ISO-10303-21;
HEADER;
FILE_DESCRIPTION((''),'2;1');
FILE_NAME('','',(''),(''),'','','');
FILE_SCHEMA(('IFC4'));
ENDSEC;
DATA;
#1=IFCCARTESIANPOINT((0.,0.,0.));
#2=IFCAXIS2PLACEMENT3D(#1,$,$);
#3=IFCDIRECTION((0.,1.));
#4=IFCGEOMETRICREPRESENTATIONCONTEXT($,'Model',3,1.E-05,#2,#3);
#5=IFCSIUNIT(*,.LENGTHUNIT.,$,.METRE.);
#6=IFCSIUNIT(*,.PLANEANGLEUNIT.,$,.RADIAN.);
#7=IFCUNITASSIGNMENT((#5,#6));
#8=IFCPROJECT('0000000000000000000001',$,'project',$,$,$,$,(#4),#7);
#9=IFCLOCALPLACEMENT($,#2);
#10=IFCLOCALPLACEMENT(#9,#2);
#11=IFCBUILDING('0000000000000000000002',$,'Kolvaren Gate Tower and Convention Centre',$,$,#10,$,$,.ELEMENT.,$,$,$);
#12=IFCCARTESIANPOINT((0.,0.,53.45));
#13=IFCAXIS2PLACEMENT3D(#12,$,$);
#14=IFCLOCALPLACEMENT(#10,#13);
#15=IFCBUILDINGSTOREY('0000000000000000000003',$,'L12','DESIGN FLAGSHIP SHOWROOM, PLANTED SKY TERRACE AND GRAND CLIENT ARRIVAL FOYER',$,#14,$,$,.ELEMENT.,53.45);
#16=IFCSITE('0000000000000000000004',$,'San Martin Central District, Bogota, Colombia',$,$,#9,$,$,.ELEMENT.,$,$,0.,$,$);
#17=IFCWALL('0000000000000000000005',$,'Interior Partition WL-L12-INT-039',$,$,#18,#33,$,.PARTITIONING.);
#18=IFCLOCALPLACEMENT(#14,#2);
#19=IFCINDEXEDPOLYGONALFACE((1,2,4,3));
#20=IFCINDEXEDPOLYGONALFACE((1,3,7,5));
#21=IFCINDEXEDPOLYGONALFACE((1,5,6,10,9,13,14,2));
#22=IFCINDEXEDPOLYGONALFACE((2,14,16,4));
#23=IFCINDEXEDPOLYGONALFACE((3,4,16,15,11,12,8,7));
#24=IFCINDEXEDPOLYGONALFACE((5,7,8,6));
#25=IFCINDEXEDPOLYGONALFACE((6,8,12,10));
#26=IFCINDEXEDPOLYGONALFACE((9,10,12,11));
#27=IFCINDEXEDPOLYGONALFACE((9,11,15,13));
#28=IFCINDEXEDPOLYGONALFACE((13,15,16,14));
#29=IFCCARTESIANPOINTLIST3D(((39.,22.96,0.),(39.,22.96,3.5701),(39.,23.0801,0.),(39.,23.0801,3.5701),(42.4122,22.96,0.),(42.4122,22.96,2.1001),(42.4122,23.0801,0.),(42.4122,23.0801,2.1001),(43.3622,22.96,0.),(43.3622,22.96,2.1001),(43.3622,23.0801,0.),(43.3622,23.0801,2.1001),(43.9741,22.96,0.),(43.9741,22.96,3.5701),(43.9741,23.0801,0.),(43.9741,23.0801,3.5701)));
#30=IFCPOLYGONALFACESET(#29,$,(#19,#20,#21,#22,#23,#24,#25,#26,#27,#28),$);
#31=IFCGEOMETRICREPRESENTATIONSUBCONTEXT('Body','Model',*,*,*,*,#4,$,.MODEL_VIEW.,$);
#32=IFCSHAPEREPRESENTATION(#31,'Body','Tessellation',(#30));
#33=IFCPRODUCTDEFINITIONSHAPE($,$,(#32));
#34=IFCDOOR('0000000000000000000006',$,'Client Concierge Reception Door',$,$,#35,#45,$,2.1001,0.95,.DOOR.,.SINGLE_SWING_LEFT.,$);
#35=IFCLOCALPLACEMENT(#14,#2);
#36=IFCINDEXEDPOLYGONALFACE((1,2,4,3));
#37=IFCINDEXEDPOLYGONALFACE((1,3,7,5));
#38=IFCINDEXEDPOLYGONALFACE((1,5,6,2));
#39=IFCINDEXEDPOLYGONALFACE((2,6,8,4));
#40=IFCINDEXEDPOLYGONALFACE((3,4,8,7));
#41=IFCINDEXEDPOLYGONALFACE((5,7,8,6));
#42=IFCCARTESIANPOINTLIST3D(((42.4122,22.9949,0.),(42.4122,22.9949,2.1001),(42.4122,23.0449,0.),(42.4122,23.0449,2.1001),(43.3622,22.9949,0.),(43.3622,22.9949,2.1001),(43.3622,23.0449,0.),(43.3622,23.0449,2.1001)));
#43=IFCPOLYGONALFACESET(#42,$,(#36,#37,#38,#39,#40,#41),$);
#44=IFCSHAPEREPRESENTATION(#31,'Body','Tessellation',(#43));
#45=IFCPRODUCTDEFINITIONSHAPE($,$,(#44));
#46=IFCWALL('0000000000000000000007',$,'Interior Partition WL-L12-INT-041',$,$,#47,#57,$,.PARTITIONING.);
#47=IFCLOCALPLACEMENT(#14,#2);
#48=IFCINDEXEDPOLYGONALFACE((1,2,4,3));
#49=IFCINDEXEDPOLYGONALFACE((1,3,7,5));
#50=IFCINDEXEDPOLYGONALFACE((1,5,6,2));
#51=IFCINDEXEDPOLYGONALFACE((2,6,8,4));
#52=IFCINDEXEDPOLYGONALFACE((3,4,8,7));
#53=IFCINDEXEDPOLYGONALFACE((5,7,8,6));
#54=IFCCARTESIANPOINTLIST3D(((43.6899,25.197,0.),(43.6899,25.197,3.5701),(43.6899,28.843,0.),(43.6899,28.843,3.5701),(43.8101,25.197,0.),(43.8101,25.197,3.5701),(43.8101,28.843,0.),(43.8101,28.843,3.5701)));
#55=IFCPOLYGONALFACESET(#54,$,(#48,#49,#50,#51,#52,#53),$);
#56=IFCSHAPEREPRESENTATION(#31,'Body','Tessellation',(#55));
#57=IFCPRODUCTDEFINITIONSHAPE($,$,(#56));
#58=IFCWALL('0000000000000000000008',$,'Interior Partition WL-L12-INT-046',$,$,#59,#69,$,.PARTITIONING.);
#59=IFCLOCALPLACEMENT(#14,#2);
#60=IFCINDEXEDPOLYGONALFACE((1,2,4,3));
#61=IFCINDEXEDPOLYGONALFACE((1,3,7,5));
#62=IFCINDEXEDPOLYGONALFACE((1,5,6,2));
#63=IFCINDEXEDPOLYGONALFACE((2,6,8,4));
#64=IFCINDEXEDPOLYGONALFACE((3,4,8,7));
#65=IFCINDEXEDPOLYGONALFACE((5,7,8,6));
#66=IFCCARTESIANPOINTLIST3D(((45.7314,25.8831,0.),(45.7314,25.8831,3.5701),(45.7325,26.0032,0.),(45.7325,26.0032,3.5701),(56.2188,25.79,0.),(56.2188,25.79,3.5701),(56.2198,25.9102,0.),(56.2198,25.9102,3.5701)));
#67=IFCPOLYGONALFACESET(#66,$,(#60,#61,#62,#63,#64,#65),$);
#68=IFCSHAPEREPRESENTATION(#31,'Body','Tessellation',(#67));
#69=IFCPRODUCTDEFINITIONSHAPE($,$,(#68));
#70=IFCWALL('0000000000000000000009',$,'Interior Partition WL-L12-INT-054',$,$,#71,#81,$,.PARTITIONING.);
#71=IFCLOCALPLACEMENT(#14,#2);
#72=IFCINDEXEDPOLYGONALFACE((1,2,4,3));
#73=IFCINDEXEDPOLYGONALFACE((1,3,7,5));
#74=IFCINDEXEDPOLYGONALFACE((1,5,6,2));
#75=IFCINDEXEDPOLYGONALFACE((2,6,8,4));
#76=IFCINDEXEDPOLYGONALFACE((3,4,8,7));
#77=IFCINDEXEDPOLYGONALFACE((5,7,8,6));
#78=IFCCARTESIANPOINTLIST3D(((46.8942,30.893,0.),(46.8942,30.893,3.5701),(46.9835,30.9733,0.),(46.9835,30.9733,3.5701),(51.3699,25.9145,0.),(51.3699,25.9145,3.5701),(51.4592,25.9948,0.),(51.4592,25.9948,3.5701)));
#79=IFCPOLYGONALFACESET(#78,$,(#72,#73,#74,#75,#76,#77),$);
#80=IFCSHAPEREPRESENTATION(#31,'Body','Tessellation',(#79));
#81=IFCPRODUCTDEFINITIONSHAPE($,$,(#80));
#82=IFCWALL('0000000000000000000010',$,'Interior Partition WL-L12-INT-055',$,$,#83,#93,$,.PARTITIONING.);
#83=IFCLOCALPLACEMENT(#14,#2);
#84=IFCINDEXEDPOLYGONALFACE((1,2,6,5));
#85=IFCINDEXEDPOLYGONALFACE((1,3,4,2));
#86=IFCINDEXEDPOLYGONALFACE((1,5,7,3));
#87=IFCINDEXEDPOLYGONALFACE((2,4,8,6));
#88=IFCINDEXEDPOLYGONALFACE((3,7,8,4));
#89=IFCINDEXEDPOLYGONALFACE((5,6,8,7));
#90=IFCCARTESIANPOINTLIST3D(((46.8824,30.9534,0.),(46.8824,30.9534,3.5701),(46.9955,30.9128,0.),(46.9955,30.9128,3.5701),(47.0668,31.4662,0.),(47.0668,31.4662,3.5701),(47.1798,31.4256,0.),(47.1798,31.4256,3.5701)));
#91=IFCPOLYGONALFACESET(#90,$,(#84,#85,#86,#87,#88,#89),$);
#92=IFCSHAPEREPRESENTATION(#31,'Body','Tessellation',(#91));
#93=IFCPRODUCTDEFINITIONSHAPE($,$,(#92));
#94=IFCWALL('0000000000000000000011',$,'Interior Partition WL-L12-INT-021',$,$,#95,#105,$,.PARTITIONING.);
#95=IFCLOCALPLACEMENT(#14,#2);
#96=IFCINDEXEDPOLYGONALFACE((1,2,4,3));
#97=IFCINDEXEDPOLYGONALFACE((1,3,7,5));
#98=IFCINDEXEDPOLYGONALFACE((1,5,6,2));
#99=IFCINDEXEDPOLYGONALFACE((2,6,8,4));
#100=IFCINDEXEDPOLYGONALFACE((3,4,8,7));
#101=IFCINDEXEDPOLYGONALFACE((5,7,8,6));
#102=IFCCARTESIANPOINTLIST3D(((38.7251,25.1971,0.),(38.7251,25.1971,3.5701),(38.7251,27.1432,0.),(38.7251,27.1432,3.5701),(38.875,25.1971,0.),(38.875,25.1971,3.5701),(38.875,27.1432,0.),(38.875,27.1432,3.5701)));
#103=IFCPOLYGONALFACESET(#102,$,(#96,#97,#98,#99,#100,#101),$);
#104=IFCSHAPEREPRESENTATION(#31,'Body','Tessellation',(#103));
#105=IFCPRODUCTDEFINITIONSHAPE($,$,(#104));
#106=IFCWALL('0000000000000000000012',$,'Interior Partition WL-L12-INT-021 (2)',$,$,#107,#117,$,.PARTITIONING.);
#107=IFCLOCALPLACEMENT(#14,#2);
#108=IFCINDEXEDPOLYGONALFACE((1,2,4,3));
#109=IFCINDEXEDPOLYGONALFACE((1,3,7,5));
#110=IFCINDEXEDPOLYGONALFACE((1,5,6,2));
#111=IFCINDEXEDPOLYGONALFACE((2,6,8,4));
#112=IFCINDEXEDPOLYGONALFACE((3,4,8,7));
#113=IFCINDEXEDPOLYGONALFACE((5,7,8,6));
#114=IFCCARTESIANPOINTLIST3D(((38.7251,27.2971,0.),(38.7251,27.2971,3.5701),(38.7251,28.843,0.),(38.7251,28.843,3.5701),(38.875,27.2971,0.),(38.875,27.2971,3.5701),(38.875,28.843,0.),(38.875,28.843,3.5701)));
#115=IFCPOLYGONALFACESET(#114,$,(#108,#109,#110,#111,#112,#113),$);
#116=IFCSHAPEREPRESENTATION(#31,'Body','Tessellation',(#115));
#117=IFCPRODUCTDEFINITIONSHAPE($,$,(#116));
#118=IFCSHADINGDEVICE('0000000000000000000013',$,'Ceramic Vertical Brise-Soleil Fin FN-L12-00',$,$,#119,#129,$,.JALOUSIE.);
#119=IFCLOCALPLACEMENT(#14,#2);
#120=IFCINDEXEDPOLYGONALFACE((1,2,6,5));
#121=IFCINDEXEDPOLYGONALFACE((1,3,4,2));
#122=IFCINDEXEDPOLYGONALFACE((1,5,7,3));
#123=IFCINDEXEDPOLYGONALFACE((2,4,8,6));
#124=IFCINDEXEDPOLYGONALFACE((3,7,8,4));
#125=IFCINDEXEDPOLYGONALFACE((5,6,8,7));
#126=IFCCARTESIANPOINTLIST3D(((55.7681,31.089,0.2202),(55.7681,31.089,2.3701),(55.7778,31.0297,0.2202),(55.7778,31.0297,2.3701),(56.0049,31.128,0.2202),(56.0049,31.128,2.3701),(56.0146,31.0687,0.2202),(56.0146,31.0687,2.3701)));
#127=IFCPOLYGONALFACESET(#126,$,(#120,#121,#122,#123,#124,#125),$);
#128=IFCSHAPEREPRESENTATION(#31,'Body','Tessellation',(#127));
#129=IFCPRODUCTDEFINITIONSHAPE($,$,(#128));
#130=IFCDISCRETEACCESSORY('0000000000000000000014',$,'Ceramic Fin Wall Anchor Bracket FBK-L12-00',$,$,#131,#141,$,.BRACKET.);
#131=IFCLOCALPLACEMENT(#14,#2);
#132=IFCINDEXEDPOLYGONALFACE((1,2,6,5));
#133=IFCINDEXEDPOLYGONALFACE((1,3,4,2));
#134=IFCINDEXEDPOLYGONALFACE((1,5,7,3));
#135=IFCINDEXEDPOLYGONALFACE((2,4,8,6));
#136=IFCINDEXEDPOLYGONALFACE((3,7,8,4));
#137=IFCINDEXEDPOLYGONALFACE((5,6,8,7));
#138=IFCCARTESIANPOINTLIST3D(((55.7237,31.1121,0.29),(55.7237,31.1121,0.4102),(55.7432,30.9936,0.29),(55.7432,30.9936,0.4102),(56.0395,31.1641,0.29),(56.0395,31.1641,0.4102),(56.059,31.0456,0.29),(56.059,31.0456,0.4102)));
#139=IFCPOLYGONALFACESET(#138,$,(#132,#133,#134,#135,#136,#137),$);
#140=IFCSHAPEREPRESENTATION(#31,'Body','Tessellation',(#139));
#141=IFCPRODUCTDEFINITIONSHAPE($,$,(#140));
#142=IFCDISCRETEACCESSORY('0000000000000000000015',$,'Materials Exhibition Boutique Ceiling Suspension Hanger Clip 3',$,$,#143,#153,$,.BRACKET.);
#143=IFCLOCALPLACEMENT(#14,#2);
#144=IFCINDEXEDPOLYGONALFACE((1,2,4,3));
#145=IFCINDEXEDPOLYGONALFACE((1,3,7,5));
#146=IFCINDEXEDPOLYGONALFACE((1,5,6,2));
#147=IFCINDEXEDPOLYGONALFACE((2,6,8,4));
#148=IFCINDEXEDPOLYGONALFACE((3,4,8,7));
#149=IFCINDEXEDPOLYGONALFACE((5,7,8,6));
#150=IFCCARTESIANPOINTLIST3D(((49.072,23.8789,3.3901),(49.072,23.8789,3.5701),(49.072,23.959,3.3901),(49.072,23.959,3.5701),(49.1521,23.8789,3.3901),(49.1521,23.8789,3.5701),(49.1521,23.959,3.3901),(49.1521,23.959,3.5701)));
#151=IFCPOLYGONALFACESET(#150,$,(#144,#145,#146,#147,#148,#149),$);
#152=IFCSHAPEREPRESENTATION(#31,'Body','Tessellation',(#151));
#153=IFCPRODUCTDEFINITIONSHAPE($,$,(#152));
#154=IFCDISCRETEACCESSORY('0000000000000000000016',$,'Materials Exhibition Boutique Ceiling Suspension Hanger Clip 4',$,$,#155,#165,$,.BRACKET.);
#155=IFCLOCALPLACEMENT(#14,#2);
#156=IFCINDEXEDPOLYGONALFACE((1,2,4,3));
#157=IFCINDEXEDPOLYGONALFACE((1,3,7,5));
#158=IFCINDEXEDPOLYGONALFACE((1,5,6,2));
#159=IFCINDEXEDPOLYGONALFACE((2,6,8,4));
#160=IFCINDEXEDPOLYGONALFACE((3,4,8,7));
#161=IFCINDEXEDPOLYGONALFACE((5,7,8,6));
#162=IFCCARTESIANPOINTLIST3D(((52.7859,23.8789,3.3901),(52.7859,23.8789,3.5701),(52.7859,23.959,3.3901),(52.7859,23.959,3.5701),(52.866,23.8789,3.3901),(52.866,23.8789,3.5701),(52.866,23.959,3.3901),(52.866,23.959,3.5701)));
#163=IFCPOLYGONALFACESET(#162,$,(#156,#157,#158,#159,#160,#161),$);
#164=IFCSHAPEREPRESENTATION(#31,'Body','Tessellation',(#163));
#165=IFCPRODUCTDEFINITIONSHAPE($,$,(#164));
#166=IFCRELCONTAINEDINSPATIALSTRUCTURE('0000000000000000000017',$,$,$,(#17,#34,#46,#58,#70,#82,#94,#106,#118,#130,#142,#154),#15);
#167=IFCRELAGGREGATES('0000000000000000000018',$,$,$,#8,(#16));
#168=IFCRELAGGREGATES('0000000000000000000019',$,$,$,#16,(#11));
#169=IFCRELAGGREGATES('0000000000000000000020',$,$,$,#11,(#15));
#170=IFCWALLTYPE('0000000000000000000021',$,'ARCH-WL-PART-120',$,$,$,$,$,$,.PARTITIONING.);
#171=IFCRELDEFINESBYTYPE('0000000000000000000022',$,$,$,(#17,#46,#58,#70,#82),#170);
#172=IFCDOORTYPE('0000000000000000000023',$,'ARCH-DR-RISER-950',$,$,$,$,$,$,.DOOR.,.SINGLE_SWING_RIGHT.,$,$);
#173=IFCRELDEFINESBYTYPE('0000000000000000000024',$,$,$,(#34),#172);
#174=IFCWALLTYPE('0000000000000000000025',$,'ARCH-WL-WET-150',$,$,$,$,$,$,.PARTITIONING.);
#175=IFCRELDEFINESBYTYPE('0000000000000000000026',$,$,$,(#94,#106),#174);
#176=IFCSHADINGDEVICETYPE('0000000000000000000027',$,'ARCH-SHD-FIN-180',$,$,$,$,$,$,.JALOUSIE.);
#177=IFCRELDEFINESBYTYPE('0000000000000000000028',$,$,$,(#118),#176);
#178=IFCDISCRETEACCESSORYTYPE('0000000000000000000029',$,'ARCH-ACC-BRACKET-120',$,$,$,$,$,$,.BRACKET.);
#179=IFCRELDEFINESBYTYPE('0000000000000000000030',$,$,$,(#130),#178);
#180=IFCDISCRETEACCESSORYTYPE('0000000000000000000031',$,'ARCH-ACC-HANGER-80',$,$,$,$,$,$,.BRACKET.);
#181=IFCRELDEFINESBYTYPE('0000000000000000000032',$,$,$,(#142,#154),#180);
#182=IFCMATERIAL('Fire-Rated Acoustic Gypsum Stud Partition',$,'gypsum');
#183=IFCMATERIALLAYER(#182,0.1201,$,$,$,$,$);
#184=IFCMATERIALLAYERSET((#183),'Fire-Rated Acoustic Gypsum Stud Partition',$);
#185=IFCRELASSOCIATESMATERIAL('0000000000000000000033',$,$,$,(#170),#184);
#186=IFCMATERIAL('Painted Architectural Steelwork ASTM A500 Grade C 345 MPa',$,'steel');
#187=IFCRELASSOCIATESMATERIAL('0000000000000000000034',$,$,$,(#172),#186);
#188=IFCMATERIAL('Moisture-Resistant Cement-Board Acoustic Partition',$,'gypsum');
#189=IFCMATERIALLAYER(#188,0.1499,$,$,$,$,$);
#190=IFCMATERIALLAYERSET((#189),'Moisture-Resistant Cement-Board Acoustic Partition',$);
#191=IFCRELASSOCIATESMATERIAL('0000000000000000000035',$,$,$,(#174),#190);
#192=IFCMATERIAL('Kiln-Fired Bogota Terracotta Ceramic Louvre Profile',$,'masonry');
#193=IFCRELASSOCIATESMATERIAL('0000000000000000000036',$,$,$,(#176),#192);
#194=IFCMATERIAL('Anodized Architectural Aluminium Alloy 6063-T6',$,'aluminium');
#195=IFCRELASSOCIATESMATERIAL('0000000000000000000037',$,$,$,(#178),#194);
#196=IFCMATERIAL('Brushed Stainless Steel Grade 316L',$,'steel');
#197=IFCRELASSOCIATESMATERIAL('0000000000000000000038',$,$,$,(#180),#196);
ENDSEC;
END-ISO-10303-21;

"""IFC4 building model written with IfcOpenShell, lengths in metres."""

from ifc_helpers import new_model, si_unit, direction, frame, frame_2d, origin, origin_2d, place, context, subcontext, project, spatial, rectangle, extrude, material, layer, layer_set, type_object, element, fill, save


model = new_model("IFC4")

# Units and contexts
model_context = context("Model", 3, precision=1e-05, world=origin(), true_north=direction((0.0, 1.0)))
body_context = subcontext(model_context, "Body", "Model", "MODEL_VIEW")
ifc_project = project(units=[si_unit("LENGTHUNIT", "METRE"), si_unit("PLANEANGLEUNIT", "RADIAN")], contexts=[model_context])

# Site, building, storey
site_placement = place(None, origin())
site = spatial("IfcSite", under=ifc_project, at=site_placement, Name="San Martin Central District, Bogota, Colombia", CompositionType="ELEMENT", RefElevation=0.0)
building_placement = place(site_placement, origin())
building = spatial("IfcBuilding", under=site, at=building_placement, Name="Kolvaren Gate Tower and Convention Centre", CompositionType="ELEMENT")
storey_placement = place(building_placement, frame((0.0, 0.0, 53.45)))
storey = spatial("IfcBuildingStorey", under=building, at=storey_placement, Name="L12", Description="DESIGN FLAGSHIP SHOWROOM, PLANTED SKY TERRACE AND GRAND CLIENT ARRIVAL FOYER", CompositionType="ELEMENT", Elevation=53.45)

# Shared definitions
ifc_material_1 = material(Name="Fire-Rated Acoustic Gypsum Stud Partition", Category="gypsum")
ifc_layer_1 = layer(ifc_material_1, 0.1201)
ifc_layer_set_1 = layer_set([ifc_layer_1], Name="Fire-Rated Acoustic Gypsum Stud Partition")
wall_type_1 = type_object("IfcWallType", Name="ARCH-WL-PART-120", PredefinedType="PARTITIONING", material=ifc_layer_set_1)
ifc_material_2 = material(Name="Painted Architectural Steelwork ASTM A500 Grade C 345 MPa", Category="steel")
door_type = type_object("IfcDoorType", Name="ARCH-DR-RISER-950", OperationType="SINGLE_SWING_RIGHT", PredefinedType="DOOR", material=ifc_material_2)

# Wall, opening, door
wall_1_placement = place(storey_placement, frame((39.0, 23.02, 0.0), z_axis=(0.0, 0.0, 1.0), x_axis=(1.0, 0.0, 0.0)))
wall_1 = element("IfcWall", 1, at=wall_1_placement, inside=storey, type_object=wall_type_1, Name="Interior Partition WL-L12-INT-039", PredefinedType="PARTITIONING", context=body_context, shape_type="SweptSolid", body=[
    extrude(rectangle(XDim=4.9741, YDim=0.1201, at=frame_2d((2.4871, 0.0))), origin(), (0.0, 0.0, 1.0), 3.5701),
])
opening_1_placement = place(wall_1_placement, frame((3.4121, 0.0, 0.0)))
opening_1 = element("IfcOpeningElement", 2, at=opening_1_placement, cuts=wall_1, PredefinedType="OPENING", context=body_context, shape_type="SweptSolid", body=[
    extrude(rectangle(XDim=0.95, YDim=2.1001, at=frame_2d((0.4751, 1.05))), frame((0.0, 0.0701, 0.0), z_axis=(0.0, -1.0, 0.0), x_axis=(1.0, 0.0, 0.0)), (0.0, 0.0, 1.0), 0.1401),
])
door_1_placement = place(opening_1_placement, origin())
door_1 = element("IfcDoor", 3, at=door_1_placement, inside=storey, type_object=door_type, Name="Client Concierge Reception Door", OperationType="SINGLE_SWING_LEFT", OverallHeight=2.1001, OverallWidth=0.95, PredefinedType="DOOR", context=body_context, shape_type="SweptSolid", body=[
    extrude(rectangle(XDim=0.95, YDim=2.1001, at=frame_2d((0.4751, 1.05))), frame((0.0, 0.0249, 0.0), z_axis=(0.0, -1.0, 0.0), x_axis=(1.0, 0.0, 0.0)), (0.0, 0.0, 1.0), 0.05),
])
fill(opening_1, door_1)

# Walls
wall_2_placement = place(storey_placement, frame((43.75, 25.197, 0.0), z_axis=(0.0, 0.0, 1.0), x_axis=(0.0, 1.0, 0.0)))
element("IfcWall", 4, at=wall_2_placement, inside=storey, type_object=wall_type_1, Name="Interior Partition WL-L12-INT-041", PredefinedType="PARTITIONING", context=body_context, shape_type="SweptSolid", body=[
    extrude(rectangle(XDim=3.646, YDim=0.1201, at=frame_2d((1.823, 0.0))), origin(), (0.0, 0.0, 1.0), 3.5701),
])
wall_3_placement = place(storey_placement, frame((45.7319, 25.9431, 0.0), z_axis=(0.0, 0.0, 1.0), x_axis=(0.999961, -0.008869, 0.0)))
element("IfcWall", 5, at=wall_3_placement, inside=storey, type_object=wall_type_1, Name="Interior Partition WL-L12-INT-046", PredefinedType="PARTITIONING", context=body_context, shape_type="SweptSolid", body=[
    extrude(rectangle(XDim=10.4878, YDim=0.1201, at=frame_2d((5.2439, 0.0))), origin(), (0.0, 0.0, 1.0), 3.5701),
])
wall_4_placement = place(storey_placement, frame((46.939, 30.9331, 0.0), z_axis=(0.0, 0.0, 1.0), x_axis=(0.668546, -0.743671, 0.0)))
element("IfcWall", 6, at=wall_4_placement, inside=storey, type_object=wall_type_1, Name="Interior Partition WL-L12-INT-054", PredefinedType="PARTITIONING", context=body_context, shape_type="SweptSolid", body=[
    extrude(rectangle(XDim=6.6946, YDim=0.1201, at=frame_2d((3.3472, 0.0))), origin(), (0.0, 0.0, 1.0), 3.5701),
])
wall_5_placement = place(storey_placement, frame((46.939, 30.9331, 0.0), z_axis=(0.0, 0.0, 1.0), x_axis=(0.338323, 0.94103, 0.0)))
element("IfcWall", 7, at=wall_5_placement, inside=storey, type_object=wall_type_1, Name="Interior Partition WL-L12-INT-055", PredefinedType="PARTITIONING", context=body_context, shape_type="SweptSolid", body=[
    extrude(rectangle(XDim=0.5449, YDim=0.1201, at=frame_2d((0.2725, 0.0))), origin(), (0.0, 0.0, 1.0), 3.5701),
])
ifc_material_3 = material(Name="Moisture-Resistant Cement-Board Acoustic Partition", Category="gypsum")
ifc_layer_2 = layer(ifc_material_3, 0.1499)
ifc_layer_set_2 = layer_set([ifc_layer_2], Name="Moisture-Resistant Cement-Board Acoustic Partition")
wall_type_2 = type_object("IfcWallType", Name="ARCH-WL-WET-150", PredefinedType="PARTITIONING", material=ifc_layer_set_2)
wall_6_placement = place(storey_placement, frame((38.8, 25.197, 0.0), z_axis=(0.0, 0.0, 1.0), x_axis=(0.0, 1.0, 0.0)))
element("IfcWall", 8, at=wall_6_placement, inside=storey, type_object=wall_type_2, Name="Interior Partition WL-L12-INT-021", PredefinedType="PARTITIONING", context=body_context, shape_type="SweptSolid", body=[
    extrude(rectangle(XDim=1.946, YDim=0.1499, at=frame_2d((0.9731, 0.0))), origin(), (0.0, 0.0, 1.0), 3.5701),
])
wall_7_placement = place(storey_placement, frame((38.8, 27.2971, 0.0), z_axis=(0.0, 0.0, 1.0), x_axis=(0.0, 1.0, 0.0)))
element("IfcWall", 9, at=wall_7_placement, inside=storey, type_object=wall_type_2, Name="Interior Partition WL-L12-INT-021 (2)", PredefinedType="PARTITIONING", context=body_context, shape_type="SweptSolid", body=[
    extrude(rectangle(XDim=1.5459, YDim=0.1499, at=frame_2d((0.7729, 0.0))), origin(), (0.0, 0.0, 1.0), 3.5701),
])

# Shading device
ifc_material_4 = material(Name="Kiln-Fired Bogota Terracotta Ceramic Louvre Profile", Category="masonry")
shading_device_type = type_object("IfcShadingDeviceType", Name="ARCH-SHD-FIN-180", PredefinedType="JALOUSIE", material=ifc_material_4)
shading_device_placement = place(storey_placement, frame((55.8914, 31.0789, 0.2202), z_axis=(0.0, 0.0, 1.0), x_axis=(0.162375, -0.986729, 0.0)))
element("IfcShadingDevice", 10, at=shading_device_placement, inside=storey, type_object=shading_device_type, Name="Ceramic Vertical Brise-Soleil Fin FN-L12-00", PredefinedType="JALOUSIE", context=body_context, shape_type="SweptSolid", body=[
    extrude(rectangle(XDim=0.0601, YDim=0.24, at=origin_2d()), origin(), (0.0, 0.0, 1.0), 2.1499),
])

# Discrete accessories
ifc_material_5 = material(Name="Anodized Architectural Aluminium Alloy 6063-T6", Category="aluminium")
discrete_accessory_type_1 = type_object("IfcDiscreteAccessoryType", Name="ARCH-ACC-BRACKET-120", PredefinedType="BRACKET", material=ifc_material_5)
discrete_accessory_placement = place(storey_placement, frame((55.8914, 31.0789, 0.29), z_axis=(0.0, 0.0, 1.0), x_axis=(0.162375, -0.986729, 0.0)))
element("IfcDiscreteAccessory", 11, at=discrete_accessory_placement, inside=storey, type_object=discrete_accessory_type_1, Name="Ceramic Fin Wall Anchor Bracket FBK-L12-00", PredefinedType="BRACKET", context=body_context, shape_type="SweptSolid", body=[
    extrude(rectangle(XDim=0.1201, YDim=0.3201, at=origin_2d()), origin(), (0.0, 0.0, 1.0), 0.1201),
])
ifc_material_6 = material(Name="Brushed Stainless Steel Grade 316L", Category="steel")
discrete_accessory_type_2 = type_object("IfcDiscreteAccessoryType", Name="ARCH-ACC-HANGER-80", PredefinedType="BRACKET", material=ifc_material_6)
for number, where, z_axis, x_axis, name in (
    (12, (49.1121, 23.9189, 3.3901), (0.0, 0.0, 1.0), (1.0, 0.0, 0.0), "Materials Exhibition Boutique Ceiling Suspension Hanger Clip 3"),
    (13, (52.8259, 23.9189, 3.3901), (0.0, 0.0, 1.0), (1.0, 0.0, 0.0), "Materials Exhibition Boutique Ceiling Suspension Hanger Clip 4"),
):
    element("IfcDiscreteAccessory", number, at=place(storey_placement, frame(where, z_axis=z_axis, x_axis=x_axis)), inside=storey, type_object=discrete_accessory_type_2, Name=name, PredefinedType="BRACKET", context=body_context, shape_type="SweptSolid", body=[
        extrude(rectangle(XDim=0.0801, YDim=0.0801, at=origin_2d()), origin(), (0.0, 0.0, 1.0), 0.1799),
    ])

save(model, "model.ifc")
